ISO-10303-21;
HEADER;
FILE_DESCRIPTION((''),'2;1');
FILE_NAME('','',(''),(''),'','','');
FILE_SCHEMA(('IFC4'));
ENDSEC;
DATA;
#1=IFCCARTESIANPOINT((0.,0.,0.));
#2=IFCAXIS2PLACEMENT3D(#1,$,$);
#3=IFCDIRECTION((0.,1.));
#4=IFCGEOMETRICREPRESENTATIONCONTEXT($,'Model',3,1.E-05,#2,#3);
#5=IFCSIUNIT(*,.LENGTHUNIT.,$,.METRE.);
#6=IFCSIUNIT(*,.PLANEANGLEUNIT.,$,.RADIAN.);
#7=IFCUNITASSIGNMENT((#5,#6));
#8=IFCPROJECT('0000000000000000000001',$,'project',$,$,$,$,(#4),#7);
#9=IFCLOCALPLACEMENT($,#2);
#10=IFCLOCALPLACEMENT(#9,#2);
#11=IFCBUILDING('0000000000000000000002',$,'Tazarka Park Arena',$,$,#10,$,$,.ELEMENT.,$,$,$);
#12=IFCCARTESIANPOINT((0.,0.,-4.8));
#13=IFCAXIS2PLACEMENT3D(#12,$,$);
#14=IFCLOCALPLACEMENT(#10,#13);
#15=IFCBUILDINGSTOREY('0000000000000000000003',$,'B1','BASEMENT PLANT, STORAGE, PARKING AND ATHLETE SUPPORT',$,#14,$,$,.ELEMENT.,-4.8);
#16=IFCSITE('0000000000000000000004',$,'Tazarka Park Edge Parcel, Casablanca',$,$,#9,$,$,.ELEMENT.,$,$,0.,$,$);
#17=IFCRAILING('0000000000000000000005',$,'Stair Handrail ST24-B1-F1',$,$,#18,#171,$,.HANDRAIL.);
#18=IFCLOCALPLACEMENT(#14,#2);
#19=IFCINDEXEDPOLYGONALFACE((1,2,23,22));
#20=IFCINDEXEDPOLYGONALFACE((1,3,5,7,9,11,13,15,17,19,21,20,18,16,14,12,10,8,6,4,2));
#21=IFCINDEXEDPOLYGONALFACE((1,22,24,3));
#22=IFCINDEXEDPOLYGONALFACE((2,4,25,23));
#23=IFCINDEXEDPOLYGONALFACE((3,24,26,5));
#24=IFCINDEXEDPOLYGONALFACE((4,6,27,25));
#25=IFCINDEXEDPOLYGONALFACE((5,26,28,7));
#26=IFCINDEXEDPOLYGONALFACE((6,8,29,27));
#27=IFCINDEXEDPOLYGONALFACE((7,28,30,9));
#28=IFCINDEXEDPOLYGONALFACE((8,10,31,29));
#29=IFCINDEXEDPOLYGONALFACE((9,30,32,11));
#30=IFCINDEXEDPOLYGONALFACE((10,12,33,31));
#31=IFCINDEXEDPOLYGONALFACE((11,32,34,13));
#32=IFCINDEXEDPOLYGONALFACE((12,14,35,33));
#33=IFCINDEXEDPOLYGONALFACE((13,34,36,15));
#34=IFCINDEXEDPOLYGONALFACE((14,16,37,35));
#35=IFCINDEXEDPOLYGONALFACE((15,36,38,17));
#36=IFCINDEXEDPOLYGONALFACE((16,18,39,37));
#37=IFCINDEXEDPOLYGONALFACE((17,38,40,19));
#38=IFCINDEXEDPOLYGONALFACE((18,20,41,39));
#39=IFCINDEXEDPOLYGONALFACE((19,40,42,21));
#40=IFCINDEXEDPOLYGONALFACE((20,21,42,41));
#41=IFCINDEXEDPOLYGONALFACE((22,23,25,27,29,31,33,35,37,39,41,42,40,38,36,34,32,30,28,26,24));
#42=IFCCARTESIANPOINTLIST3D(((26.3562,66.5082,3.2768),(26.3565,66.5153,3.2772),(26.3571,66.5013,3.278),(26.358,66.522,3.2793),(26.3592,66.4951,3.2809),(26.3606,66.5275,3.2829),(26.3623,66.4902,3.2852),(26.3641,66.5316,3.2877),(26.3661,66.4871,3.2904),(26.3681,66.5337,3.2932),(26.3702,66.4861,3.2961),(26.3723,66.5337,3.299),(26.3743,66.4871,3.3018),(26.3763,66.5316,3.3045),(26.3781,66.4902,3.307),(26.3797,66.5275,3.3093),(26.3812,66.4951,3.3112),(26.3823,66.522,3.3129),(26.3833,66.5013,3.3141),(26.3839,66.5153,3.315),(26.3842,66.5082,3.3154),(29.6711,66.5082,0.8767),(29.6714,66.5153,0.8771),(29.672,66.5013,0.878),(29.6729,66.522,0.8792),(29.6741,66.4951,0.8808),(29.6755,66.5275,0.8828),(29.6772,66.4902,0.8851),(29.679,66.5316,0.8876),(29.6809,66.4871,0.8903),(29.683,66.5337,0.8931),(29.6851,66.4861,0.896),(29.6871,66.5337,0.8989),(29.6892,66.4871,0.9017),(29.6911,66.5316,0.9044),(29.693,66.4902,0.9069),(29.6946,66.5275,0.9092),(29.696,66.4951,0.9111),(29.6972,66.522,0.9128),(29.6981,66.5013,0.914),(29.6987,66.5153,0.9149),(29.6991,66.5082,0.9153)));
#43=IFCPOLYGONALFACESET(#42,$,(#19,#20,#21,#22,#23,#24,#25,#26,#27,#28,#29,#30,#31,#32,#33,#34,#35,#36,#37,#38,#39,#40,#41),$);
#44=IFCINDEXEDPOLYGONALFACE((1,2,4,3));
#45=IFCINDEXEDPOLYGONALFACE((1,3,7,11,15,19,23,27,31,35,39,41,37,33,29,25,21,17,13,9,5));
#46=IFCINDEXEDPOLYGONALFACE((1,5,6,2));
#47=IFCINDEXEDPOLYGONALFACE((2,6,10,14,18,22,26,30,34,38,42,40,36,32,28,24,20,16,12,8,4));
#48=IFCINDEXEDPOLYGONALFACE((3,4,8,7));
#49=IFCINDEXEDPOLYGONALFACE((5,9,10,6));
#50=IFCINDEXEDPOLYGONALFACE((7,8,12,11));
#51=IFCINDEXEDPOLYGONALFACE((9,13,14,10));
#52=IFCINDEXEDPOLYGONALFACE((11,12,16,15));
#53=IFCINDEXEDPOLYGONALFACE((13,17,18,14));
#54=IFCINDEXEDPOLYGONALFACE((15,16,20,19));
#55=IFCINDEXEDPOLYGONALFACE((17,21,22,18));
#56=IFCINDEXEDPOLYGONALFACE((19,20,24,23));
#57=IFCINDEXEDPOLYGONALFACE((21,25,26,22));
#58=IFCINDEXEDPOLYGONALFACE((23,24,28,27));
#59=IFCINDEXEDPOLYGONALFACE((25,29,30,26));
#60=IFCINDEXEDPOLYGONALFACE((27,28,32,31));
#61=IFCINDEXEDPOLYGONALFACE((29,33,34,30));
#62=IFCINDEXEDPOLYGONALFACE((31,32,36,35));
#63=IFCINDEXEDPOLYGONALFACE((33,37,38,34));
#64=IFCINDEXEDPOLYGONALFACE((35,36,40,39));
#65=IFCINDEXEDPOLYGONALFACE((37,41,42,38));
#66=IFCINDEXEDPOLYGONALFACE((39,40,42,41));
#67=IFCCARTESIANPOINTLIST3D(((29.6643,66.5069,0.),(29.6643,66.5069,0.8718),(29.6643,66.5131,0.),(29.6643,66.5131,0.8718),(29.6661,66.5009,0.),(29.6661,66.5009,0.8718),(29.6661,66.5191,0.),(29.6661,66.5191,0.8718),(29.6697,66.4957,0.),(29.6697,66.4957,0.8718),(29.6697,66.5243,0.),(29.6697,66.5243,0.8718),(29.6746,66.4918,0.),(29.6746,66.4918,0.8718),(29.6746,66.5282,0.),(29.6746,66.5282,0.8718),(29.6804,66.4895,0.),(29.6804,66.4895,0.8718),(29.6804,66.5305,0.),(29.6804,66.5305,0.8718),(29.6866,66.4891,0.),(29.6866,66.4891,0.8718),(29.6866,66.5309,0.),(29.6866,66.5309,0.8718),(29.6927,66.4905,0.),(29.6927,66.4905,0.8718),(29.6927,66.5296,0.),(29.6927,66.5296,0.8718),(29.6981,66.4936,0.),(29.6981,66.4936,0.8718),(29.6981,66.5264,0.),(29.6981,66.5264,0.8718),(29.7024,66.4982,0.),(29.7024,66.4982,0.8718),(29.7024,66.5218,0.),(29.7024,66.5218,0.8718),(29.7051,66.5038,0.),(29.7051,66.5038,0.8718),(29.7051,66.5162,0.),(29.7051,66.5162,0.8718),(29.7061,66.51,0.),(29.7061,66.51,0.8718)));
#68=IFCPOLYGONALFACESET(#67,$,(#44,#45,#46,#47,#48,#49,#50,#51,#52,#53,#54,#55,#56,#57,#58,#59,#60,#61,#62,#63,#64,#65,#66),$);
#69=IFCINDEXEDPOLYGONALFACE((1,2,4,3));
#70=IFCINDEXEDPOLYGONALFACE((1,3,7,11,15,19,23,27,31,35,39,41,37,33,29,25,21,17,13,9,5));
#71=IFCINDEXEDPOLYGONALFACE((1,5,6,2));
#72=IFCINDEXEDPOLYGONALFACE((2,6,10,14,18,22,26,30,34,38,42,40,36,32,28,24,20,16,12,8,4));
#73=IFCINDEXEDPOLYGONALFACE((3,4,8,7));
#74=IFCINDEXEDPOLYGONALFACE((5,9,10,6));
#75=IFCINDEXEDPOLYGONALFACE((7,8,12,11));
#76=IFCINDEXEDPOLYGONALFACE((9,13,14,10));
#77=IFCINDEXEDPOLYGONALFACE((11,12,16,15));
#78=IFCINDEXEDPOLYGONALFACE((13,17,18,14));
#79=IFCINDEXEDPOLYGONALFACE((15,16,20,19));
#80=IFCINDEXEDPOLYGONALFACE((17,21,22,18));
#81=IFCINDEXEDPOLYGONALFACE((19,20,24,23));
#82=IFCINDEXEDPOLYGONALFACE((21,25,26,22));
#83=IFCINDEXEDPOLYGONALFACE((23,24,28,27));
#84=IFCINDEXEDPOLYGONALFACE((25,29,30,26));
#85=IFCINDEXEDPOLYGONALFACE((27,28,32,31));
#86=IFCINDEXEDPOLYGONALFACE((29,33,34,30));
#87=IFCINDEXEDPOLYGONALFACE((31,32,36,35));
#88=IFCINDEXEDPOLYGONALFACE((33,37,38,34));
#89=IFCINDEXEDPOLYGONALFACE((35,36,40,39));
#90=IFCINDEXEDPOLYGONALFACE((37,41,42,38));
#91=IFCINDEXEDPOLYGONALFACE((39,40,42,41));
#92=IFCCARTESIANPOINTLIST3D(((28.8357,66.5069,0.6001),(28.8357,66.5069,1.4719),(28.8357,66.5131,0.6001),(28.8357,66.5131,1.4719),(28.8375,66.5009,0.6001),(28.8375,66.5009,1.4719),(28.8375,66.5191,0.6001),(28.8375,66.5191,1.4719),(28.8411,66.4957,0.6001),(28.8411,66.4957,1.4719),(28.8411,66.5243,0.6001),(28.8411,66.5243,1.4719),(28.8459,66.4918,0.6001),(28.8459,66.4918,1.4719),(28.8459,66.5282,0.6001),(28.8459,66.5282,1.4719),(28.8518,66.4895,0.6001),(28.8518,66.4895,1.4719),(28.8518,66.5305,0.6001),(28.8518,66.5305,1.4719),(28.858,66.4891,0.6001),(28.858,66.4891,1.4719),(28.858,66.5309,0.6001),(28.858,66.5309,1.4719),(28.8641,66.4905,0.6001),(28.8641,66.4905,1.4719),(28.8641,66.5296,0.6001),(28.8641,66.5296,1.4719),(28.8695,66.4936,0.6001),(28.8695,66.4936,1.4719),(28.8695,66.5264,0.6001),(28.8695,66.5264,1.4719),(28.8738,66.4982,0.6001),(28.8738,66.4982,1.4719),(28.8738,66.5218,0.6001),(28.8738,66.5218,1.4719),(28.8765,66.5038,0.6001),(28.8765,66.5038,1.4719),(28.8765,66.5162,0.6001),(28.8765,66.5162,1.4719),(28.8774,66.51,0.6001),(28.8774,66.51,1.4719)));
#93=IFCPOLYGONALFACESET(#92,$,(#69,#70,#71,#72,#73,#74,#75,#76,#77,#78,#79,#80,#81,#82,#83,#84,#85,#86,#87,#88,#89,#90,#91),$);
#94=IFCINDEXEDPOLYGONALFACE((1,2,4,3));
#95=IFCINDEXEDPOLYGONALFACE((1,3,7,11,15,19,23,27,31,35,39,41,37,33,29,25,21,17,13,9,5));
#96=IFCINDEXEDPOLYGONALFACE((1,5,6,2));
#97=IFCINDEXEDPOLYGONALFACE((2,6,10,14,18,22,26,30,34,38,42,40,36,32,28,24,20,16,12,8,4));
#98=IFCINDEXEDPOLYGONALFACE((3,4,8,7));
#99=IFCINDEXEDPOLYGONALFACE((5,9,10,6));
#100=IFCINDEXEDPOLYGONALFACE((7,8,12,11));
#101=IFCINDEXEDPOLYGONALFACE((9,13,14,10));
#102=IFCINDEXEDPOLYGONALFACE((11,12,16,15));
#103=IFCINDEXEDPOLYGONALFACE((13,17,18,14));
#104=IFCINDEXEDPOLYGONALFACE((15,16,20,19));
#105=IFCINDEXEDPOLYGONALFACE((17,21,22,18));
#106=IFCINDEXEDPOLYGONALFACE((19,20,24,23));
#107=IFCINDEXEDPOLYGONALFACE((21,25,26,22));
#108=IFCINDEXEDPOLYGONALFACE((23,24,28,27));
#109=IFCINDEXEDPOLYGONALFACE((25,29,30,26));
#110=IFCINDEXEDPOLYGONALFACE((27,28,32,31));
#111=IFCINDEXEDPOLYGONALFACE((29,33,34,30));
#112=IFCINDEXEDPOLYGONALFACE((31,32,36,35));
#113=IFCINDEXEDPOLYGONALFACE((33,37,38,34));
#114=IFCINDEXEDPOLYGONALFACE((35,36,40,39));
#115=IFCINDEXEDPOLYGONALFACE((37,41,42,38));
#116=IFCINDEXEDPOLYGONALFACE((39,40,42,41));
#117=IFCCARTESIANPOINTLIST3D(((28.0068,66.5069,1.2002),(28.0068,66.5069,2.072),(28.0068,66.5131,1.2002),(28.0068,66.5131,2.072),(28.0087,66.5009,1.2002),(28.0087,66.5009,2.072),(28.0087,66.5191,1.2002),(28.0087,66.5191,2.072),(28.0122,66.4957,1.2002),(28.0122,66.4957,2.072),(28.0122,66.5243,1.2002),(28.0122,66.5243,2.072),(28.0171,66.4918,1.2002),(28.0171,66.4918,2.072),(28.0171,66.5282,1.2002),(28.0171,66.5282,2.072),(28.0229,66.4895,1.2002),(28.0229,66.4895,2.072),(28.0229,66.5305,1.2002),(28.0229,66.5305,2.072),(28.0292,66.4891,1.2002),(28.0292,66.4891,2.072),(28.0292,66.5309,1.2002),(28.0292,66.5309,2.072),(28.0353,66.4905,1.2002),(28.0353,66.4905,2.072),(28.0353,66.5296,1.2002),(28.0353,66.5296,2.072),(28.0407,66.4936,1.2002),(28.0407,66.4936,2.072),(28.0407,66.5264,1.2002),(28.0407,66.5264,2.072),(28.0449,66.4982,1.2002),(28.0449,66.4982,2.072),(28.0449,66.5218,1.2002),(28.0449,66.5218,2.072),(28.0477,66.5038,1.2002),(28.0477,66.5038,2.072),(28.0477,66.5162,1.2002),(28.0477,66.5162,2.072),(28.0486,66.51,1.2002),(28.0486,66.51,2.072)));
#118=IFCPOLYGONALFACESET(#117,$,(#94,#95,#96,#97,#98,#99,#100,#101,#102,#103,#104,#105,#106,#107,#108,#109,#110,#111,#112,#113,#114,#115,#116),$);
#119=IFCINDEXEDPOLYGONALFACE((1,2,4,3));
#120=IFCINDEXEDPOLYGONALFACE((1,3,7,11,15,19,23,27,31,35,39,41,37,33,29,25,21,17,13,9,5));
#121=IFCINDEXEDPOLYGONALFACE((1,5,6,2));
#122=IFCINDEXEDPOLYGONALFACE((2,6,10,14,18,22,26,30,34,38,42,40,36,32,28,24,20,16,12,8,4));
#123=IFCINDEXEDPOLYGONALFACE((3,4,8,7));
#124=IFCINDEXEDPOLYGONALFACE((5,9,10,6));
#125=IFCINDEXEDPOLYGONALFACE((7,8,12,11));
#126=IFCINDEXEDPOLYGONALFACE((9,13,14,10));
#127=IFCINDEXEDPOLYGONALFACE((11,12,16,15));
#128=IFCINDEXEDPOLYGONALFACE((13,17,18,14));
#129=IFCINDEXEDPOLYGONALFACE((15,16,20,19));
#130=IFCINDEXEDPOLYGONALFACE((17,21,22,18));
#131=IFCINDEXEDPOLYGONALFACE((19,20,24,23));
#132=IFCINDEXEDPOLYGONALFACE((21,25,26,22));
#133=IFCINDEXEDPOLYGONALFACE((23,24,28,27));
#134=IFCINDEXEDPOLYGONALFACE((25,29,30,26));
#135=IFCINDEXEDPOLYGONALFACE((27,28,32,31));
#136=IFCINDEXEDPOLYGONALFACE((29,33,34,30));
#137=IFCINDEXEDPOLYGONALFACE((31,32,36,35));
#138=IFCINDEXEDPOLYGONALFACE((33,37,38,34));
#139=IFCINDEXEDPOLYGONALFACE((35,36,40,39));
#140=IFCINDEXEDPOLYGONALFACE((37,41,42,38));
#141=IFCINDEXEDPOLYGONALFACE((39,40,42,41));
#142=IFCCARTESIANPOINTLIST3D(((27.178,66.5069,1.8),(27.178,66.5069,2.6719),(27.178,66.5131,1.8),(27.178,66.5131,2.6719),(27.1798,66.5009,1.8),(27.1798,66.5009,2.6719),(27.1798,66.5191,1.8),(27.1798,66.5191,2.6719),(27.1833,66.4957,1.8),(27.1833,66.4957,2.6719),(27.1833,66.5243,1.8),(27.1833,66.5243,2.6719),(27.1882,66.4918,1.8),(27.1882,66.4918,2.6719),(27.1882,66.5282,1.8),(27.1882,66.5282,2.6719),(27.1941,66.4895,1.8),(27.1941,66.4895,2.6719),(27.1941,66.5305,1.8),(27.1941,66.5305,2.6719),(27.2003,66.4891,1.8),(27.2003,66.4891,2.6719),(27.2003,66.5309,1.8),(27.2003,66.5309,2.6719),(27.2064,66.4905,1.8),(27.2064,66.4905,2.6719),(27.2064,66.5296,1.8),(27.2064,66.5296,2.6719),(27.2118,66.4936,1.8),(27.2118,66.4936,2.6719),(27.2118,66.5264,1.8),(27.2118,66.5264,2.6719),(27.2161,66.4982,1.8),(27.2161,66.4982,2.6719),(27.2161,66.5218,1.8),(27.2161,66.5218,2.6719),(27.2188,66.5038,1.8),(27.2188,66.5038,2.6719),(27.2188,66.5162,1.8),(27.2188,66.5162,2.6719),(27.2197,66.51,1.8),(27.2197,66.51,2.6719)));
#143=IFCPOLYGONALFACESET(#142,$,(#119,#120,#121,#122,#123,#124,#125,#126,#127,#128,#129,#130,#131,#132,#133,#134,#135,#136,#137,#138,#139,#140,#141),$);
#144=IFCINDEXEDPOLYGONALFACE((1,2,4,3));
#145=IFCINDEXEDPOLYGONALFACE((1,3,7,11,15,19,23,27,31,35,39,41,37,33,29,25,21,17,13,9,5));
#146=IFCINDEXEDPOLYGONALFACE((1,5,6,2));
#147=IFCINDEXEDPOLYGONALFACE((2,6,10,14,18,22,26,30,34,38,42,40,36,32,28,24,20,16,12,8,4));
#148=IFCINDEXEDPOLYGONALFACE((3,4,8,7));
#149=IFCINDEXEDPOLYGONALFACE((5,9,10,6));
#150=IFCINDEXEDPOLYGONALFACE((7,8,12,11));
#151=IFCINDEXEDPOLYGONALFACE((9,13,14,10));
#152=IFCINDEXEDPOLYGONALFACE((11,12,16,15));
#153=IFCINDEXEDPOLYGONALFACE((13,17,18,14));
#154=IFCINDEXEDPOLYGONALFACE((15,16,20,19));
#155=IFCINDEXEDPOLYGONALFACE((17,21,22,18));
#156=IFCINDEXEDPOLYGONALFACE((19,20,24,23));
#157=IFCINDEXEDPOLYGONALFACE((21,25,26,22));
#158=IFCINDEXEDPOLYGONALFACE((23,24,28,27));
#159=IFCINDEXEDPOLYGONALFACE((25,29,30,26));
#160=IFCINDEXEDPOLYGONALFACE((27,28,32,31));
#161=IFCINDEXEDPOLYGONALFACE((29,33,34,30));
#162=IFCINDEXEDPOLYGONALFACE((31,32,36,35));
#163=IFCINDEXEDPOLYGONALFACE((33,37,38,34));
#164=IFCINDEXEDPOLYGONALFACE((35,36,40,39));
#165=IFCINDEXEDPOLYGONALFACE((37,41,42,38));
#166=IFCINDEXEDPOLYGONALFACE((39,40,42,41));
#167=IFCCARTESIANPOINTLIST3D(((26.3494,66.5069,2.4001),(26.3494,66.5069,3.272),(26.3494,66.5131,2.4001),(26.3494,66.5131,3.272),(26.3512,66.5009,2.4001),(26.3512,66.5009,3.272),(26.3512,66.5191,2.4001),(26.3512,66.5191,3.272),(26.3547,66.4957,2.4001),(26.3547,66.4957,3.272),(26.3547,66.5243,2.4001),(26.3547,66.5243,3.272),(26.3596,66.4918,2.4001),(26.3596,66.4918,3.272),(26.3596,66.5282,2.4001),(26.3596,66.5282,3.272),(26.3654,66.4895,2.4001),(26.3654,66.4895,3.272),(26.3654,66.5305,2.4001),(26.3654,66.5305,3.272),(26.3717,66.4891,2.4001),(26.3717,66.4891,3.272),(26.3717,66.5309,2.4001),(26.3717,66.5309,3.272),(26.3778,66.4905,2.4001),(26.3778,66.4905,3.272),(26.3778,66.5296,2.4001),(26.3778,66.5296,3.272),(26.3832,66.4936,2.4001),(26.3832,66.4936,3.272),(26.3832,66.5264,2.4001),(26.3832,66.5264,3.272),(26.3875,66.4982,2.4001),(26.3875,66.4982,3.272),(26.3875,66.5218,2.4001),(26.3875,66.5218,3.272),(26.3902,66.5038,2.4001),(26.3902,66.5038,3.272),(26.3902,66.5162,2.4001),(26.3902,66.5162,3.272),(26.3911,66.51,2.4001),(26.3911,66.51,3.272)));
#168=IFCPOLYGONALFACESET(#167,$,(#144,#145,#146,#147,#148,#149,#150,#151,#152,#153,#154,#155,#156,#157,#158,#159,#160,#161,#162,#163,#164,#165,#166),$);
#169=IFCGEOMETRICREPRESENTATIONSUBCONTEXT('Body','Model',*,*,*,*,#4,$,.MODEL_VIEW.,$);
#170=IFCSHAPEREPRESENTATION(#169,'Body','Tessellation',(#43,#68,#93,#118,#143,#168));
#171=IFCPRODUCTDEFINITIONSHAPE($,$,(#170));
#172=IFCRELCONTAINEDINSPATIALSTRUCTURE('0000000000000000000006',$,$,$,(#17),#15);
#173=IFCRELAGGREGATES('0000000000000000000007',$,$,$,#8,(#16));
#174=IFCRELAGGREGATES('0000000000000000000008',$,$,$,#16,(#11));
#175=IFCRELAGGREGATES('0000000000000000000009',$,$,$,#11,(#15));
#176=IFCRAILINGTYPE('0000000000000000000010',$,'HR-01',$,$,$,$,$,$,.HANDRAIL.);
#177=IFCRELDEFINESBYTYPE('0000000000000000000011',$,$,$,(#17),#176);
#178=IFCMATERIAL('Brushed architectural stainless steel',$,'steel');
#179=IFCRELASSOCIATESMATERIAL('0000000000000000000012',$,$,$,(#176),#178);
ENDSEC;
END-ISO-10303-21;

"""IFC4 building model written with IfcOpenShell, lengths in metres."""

from ifc_helpers import new_model, si_unit, direction, frame, origin, origin_2d, place, context, subcontext, project, spatial, circle, extrude, material, type_object, element, save


model = new_model("IFC4")

# Units and contexts
model_context = context("Model", 3, precision=1e-05, world=origin(), true_north=direction((0.0, 1.0)))
body_context = subcontext(model_context, "Body", "Model", "MODEL_VIEW")
ifc_project = project(units=[si_unit("LENGTHUNIT", "METRE"), si_unit("PLANEANGLEUNIT", "RADIAN")], contexts=[model_context])

# Site, building, storey
site_placement = place(None, origin())
site = spatial("IfcSite", under=ifc_project, at=site_placement, Name="Tazarka Park Edge Parcel, Casablanca", CompositionType="ELEMENT", RefElevation=0.0)
building_placement = place(site_placement, origin())
building = spatial("IfcBuilding", under=site, at=building_placement, Name="Tazarka Park Arena", CompositionType="ELEMENT")
storey_placement = place(building_placement, frame((0.0, 0.0, -4.8)))
storey = spatial("IfcBuildingStorey", under=building, at=storey_placement, Name="B1", Description="BASEMENT PLANT, STORAGE, PARKING AND ATHLETE SUPPORT", CompositionType="ELEMENT", Elevation=-4.8)

# Railing
ifc_material_1 = material(Name="Brushed architectural stainless steel", Category="steel")
railing_type = type_object("IfcRailingType", Name="HR-01", PredefinedType="HANDRAIL", material=ifc_material_1)
railing_placement = place(storey_placement, frame((29.6851, 66.51, 0.0)))
element("IfcRailing", 1, at=railing_placement, inside=storey, type_object=railing_type, Name="Stair Handrail ST24-B1-F1", PredefinedType="HANDRAIL", context=body_context, shape_type="SweptSolid", body=[
    extrude(circle(Radius=0.0239, at=origin_2d()), frame((0.0, 0.0, 0.896), z_axis=(-0.80998, 0.0, 0.586457), x_axis=(0.0, -1.0, 0.0)), (0.0, 0.0, 1.0), 4.0925),
    extrude(circle(Radius=0.021, at=origin_2d()), origin(), (0.0, 0.0, 1.0), 0.8718),
    extrude(circle(Radius=0.021, at=origin_2d()), frame((-0.8286, 0.0, 0.6001)), (0.0, 0.0, 1.0), 0.8718),
    extrude(circle(Radius=0.021, at=origin_2d()), frame((-1.6575, 0.0, 1.2002)), (0.0, 0.0, 1.0), 0.8718),
    extrude(circle(Radius=0.021, at=origin_2d()), frame((-2.4863, 0.0, 1.8)), (0.0, 0.0, 1.0), 0.8718),
    extrude(circle(Radius=0.021, at=origin_2d()), frame((-3.3149, 0.0, 2.4001)), (0.0, 0.0, 1.0), 0.8718),
])

save(model, "model.ifc")
